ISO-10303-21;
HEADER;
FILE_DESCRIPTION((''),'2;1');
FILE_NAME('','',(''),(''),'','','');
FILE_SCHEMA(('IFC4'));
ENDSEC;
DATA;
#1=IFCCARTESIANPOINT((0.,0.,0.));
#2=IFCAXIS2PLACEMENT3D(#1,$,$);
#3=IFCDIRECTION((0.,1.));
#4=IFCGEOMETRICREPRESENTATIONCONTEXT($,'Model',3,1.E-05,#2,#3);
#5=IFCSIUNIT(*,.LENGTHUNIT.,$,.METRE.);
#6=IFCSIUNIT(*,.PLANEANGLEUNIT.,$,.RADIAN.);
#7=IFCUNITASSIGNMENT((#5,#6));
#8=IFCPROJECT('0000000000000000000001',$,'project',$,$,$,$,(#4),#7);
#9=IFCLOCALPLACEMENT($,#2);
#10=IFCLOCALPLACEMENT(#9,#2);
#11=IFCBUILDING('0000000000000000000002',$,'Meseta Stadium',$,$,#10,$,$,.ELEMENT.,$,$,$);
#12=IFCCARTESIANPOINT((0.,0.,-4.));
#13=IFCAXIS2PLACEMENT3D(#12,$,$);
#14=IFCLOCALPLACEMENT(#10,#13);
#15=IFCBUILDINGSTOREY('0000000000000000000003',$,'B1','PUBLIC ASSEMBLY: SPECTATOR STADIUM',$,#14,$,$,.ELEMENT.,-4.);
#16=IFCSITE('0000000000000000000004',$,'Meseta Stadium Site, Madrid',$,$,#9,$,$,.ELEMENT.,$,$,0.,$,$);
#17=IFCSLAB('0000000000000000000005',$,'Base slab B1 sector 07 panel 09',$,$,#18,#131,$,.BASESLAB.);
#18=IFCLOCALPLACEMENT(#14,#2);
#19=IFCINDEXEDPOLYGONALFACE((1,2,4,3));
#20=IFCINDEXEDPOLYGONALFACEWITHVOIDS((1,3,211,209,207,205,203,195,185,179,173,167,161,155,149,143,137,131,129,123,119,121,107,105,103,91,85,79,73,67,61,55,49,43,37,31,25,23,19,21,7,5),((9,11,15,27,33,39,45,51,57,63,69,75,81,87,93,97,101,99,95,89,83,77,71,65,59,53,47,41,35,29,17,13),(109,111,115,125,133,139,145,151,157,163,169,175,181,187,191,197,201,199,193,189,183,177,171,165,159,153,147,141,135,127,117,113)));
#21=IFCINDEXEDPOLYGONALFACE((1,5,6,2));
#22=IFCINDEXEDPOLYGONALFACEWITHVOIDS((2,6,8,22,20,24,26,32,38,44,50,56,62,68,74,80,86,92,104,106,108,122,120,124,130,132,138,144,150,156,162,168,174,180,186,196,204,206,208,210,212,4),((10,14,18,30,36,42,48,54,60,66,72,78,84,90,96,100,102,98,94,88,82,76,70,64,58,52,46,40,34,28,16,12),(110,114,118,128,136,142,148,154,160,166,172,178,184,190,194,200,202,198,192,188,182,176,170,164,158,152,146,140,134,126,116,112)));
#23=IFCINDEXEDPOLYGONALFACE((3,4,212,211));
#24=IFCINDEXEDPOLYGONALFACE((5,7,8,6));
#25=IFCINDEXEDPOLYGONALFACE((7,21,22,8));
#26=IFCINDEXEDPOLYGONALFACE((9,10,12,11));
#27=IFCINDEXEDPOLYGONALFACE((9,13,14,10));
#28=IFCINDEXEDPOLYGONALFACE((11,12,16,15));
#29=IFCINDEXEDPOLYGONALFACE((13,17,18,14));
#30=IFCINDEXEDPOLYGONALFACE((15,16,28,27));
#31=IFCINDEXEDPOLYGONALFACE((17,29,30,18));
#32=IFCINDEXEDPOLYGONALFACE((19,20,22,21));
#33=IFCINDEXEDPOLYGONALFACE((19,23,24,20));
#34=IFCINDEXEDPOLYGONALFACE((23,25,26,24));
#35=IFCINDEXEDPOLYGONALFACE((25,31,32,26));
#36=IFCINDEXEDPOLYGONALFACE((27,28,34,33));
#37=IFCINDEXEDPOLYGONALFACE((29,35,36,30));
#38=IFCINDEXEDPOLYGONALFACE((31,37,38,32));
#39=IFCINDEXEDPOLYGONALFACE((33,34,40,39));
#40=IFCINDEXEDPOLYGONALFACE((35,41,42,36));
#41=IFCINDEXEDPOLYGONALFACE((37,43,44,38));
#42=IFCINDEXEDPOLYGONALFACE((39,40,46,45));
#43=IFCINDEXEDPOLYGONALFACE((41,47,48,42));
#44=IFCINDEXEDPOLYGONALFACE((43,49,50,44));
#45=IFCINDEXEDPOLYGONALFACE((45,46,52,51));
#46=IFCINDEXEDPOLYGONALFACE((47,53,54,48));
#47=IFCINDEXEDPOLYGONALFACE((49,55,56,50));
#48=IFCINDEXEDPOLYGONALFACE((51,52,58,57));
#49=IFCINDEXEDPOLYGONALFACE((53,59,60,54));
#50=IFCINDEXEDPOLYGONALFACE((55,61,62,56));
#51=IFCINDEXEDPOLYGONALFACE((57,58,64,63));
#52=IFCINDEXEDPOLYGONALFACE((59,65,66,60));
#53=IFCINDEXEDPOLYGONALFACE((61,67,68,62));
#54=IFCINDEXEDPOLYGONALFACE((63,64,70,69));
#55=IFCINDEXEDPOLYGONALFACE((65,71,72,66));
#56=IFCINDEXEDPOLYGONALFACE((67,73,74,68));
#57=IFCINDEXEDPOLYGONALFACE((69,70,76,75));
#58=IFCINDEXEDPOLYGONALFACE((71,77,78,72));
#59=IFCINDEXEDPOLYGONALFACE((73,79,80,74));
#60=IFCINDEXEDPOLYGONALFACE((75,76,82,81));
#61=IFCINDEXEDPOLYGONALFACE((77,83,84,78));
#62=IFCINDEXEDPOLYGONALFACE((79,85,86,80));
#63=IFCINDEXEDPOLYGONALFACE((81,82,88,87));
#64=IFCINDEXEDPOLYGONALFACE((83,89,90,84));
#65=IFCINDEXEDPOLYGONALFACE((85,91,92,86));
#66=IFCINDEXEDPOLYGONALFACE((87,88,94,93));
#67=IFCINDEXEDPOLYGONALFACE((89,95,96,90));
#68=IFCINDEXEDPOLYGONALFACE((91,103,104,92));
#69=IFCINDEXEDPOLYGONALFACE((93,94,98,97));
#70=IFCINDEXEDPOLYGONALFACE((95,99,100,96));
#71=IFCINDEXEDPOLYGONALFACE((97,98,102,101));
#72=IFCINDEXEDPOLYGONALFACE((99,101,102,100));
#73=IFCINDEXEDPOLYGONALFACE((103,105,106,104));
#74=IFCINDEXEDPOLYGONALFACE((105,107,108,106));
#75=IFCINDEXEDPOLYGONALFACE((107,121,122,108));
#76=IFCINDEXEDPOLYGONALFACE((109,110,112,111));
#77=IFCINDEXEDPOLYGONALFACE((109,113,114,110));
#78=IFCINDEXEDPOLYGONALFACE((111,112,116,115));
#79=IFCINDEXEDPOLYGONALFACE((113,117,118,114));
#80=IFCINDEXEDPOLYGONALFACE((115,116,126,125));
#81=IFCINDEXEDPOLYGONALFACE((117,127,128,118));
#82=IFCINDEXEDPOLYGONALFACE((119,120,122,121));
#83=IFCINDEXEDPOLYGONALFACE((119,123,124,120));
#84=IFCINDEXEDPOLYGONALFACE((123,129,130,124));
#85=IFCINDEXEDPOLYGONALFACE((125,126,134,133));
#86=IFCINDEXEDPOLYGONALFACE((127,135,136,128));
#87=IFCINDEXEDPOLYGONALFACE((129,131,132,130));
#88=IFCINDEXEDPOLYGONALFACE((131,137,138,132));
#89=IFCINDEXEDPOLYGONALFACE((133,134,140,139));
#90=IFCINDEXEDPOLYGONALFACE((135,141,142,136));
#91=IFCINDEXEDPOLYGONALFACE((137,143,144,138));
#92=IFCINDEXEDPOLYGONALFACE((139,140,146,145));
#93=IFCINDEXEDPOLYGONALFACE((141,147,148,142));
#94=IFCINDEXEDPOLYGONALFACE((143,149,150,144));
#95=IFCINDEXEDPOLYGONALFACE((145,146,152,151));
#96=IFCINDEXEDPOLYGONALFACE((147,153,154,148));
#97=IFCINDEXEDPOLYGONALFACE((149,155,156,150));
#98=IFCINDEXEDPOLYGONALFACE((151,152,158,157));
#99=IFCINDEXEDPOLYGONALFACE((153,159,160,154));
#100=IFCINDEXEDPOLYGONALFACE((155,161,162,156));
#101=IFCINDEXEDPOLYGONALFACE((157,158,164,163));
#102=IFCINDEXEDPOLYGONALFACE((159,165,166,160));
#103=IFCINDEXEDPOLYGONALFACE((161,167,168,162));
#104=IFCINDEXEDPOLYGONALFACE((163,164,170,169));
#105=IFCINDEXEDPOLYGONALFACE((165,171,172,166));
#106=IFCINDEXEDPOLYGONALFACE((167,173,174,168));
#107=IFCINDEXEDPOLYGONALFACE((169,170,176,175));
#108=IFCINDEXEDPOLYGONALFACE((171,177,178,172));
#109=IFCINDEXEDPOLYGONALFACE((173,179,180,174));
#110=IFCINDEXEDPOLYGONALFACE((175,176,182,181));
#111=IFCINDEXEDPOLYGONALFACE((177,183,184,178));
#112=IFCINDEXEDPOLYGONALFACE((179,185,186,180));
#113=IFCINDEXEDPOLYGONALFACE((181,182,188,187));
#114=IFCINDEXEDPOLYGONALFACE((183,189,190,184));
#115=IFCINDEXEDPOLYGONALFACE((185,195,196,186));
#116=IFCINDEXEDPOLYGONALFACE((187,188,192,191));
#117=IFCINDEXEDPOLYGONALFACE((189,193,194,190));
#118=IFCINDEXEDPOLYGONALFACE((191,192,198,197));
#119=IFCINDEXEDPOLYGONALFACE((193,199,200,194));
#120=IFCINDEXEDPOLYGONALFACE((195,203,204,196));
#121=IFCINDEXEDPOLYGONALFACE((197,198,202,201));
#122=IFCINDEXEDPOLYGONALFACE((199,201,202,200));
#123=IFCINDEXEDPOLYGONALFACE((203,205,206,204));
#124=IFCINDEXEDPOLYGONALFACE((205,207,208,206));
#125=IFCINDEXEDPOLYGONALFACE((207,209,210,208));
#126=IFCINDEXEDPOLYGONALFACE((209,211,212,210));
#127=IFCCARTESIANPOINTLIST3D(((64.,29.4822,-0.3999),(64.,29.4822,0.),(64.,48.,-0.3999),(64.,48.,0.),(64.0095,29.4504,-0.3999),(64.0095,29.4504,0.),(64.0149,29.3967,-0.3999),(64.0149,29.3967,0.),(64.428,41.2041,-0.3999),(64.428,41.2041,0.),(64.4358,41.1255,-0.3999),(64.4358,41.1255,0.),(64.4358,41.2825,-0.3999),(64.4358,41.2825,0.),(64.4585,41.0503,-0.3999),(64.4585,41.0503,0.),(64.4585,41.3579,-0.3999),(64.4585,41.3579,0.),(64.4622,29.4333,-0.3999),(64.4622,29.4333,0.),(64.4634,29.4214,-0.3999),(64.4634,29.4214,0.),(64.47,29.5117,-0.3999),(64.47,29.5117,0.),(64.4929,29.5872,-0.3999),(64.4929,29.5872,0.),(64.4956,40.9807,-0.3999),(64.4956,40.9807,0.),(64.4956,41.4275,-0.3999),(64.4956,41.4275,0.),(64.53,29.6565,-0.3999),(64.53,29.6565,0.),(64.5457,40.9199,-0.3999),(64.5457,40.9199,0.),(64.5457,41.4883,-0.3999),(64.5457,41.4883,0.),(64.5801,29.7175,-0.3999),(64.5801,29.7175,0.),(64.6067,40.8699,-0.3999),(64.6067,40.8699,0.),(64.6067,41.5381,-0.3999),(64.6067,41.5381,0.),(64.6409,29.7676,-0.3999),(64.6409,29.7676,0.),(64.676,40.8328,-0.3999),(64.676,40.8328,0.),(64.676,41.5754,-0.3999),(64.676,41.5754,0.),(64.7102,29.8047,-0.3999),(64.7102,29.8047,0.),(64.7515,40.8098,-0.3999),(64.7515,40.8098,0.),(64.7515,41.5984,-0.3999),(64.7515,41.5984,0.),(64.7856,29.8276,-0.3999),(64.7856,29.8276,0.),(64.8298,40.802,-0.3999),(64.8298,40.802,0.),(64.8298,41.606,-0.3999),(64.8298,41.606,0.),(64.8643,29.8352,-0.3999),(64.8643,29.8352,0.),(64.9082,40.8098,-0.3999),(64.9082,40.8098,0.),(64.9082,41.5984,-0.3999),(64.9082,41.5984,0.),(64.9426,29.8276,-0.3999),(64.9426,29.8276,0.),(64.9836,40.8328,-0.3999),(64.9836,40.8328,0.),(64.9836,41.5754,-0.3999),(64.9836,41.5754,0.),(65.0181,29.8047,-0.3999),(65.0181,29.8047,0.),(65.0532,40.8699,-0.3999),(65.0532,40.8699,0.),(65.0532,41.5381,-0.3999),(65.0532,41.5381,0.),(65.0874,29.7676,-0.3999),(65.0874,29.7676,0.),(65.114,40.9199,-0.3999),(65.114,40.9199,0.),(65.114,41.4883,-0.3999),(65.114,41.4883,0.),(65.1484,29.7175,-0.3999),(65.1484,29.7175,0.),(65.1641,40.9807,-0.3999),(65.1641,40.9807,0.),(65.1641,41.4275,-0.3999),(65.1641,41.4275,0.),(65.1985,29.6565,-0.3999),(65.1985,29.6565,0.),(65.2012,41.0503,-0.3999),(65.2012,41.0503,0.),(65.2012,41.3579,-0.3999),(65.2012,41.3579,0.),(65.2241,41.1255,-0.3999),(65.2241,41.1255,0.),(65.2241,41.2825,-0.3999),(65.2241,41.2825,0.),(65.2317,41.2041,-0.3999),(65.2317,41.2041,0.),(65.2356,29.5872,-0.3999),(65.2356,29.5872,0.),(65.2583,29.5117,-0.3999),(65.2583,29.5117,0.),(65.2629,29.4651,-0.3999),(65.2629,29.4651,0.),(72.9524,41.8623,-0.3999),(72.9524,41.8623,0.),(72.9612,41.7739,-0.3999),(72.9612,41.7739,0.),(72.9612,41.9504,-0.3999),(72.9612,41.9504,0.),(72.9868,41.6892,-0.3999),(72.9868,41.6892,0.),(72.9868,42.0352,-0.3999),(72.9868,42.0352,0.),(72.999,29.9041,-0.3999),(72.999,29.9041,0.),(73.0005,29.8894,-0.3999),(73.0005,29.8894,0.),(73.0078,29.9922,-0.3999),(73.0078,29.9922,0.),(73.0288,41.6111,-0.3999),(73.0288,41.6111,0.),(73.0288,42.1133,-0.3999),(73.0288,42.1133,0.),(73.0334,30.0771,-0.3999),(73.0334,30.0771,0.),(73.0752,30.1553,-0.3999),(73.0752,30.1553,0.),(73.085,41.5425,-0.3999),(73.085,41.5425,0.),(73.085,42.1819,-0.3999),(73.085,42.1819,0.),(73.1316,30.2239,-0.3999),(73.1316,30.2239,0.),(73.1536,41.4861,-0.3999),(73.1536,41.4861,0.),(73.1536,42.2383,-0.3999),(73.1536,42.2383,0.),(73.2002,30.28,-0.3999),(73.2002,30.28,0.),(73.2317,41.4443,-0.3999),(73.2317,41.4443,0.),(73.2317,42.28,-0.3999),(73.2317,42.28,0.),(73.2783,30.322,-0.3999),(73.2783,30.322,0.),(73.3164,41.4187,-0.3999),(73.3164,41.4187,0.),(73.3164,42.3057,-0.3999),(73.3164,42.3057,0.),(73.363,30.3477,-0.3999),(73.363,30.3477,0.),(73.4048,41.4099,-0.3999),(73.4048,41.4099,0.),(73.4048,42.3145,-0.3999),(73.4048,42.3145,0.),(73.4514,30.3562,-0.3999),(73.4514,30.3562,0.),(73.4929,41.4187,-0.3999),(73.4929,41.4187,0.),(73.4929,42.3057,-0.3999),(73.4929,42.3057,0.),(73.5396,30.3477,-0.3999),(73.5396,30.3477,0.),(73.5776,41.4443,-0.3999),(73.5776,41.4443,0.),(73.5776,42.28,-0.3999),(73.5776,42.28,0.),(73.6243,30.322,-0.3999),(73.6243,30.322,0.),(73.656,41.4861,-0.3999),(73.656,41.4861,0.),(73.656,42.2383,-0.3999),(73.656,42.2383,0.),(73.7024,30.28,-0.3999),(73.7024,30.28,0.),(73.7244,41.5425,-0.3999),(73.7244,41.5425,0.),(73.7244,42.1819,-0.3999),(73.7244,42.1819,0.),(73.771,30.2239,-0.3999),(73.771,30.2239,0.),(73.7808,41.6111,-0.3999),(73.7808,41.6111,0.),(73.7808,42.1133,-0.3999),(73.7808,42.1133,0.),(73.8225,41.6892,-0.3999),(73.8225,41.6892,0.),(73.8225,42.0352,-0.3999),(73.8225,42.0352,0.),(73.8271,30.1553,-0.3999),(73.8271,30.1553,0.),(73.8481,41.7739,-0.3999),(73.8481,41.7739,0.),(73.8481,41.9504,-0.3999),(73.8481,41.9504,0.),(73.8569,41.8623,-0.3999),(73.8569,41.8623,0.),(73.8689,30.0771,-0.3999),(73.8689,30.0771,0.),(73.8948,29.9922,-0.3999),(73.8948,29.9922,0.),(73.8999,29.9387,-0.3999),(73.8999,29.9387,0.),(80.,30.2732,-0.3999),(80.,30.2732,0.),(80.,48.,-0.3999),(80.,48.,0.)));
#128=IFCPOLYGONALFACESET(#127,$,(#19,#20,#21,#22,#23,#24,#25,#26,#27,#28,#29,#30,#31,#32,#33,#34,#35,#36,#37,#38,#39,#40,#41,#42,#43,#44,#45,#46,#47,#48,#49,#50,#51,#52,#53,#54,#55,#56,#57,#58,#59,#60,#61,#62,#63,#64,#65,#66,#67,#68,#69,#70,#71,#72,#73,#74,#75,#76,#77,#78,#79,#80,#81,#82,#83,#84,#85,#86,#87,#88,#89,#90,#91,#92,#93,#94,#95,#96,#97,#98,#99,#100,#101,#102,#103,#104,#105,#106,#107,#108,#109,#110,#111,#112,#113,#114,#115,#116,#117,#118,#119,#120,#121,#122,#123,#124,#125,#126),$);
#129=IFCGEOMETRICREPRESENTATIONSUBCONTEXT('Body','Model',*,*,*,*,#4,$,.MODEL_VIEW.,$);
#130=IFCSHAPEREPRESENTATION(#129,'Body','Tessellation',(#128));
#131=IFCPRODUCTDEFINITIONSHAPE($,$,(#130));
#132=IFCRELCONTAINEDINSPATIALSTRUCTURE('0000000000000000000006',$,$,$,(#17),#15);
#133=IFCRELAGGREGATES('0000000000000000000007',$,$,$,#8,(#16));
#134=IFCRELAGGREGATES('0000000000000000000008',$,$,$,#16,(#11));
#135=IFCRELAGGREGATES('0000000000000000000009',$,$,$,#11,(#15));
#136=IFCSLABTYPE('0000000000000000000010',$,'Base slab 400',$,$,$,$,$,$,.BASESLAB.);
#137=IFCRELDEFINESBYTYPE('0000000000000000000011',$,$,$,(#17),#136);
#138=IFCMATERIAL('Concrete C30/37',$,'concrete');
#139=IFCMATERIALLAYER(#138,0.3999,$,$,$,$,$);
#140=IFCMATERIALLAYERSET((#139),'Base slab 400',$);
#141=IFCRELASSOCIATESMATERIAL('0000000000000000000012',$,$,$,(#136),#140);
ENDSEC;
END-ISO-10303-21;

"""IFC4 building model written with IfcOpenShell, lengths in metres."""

from ifc_helpers import new_model, si_unit, direction, frame, origin, place, context, subcontext, project, spatial, polyline, outline, extrude, material, layer, layer_set, type_object, element, save


model = new_model("IFC4")

# Units and contexts
model_context = context("Model", 3, precision=1e-05, world=origin(), true_north=direction((0.0, 1.0)))
body_context = subcontext(model_context, "Body", "Model", "MODEL_VIEW")
ifc_project = project(units=[si_unit("LENGTHUNIT", "METRE"), si_unit("PLANEANGLEUNIT", "RADIAN")], contexts=[model_context])

# Site, building, storey
site_placement = place(None, origin())
site = spatial("IfcSite", under=ifc_project, at=site_placement, Name="Meseta Stadium Site, Madrid", CompositionType="ELEMENT", RefElevation=0.0)
building_placement = place(site_placement, origin())
building = spatial("IfcBuilding", under=site, at=building_placement, Name="Meseta Stadium", CompositionType="ELEMENT")
storey_placement = place(building_placement, frame((0.0, 0.0, -4.0)))
storey = spatial("IfcBuildingStorey", under=building, at=storey_placement, Name="B1", Description="PUBLIC ASSEMBLY: SPECTATOR STADIUM", CompositionType="ELEMENT", Elevation=-4.0)

# Slab
ifc_material_1 = material(Name="Concrete C30/37", Category="concrete")
ifc_layer = layer(ifc_material_1, 0.3999)
ifc_layer_set = layer_set([ifc_layer], Name="Base slab 400")
slab_type = type_object("IfcSlabType", Name="Base slab 400", PredefinedType="BASESLAB", material=ifc_layer_set)
slab_1_placement = place(storey_placement, frame((0.0, 0.0, -0.3999)))
element("IfcSlab", 1, at=slab_1_placement, inside=storey, type_object=slab_type, Name="Base slab B1 sector 07 panel 09", PredefinedType="BASESLAB", context=body_context, shape_type="SweptSolid", body=[
    extrude(outline(polyline([(73.7024, 30.28), (73.771, 30.2239), (73.8271, 30.1553), (73.8689, 30.0771), (73.8948, 29.9922), (73.8999, 29.9387), (80.0, 30.2732), (80.0, 48.0), (64.0, 48.0), (64.0, 29.4822), (64.0095, 29.4504), (64.0149, 29.3967), (64.4634, 29.4214), (64.4622, 29.4333), (64.47, 29.5117), (64.4929, 29.5872), (64.53, 29.6565), (64.5801, 29.7175), (64.6409, 29.7676), (64.7102, 29.8047), (64.7856, 29.8276), (64.8643, 29.8352), (64.9426, 29.8276), (65.0181, 29.8047), (65.0874, 29.7676), (65.1484, 29.7175), (65.1985, 29.6565), (65.2356, 29.5872), (65.2583, 29.5117), (65.2629, 29.4651), (73.0005, 29.8894), (72.999, 29.9041), (73.0078, 29.9922), (73.0334, 30.0771), (73.0752, 30.1553), (73.1316, 30.2239), (73.2002, 30.28), (73.2783, 30.322), (73.363, 30.3477), (73.4514, 30.3562), (73.5396, 30.3477), (73.6243, 30.322), (73.7024, 30.28)]), holes=[polyline([(64.4585, 41.0503), (64.4358, 41.1255), (64.428, 41.2041), (64.4358, 41.2825), (64.4585, 41.3579), (64.4956, 41.4275), (64.5457, 41.4883), (64.6067, 41.5381), (64.676, 41.5754), (64.7515, 41.5984), (64.8298, 41.606), (64.9082, 41.5984), (64.9836, 41.5754), (65.0532, 41.5381), (65.114, 41.4883), (65.1641, 41.4275), (65.2012, 41.3579), (65.2241, 41.2825), (65.2317, 41.2041), (65.2241, 41.1255), (65.2012, 41.0503), (65.1641, 40.9807), (65.114, 40.9199), (65.0532, 40.8699), (64.9836, 40.8328), (64.9082, 40.8098), (64.8298, 40.802), (64.7515, 40.8098), (64.676, 40.8328), (64.6067, 40.8699), (64.5457, 40.9199), (64.4956, 40.9807), (64.4585, 41.0503)]), polyline([(72.9868, 41.6892), (72.9612, 41.7739), (72.9524, 41.8623), (72.9612, 41.9504), (72.9868, 42.0352), (73.0288, 42.1133), (73.085, 42.1819), (73.1536, 42.2383), (73.2317, 42.28), (73.3164, 42.3057), (73.4048, 42.3145), (73.4929, 42.3057), (73.5776, 42.28), (73.656, 42.2383), (73.7244, 42.1819), (73.7808, 42.1133), (73.8225, 42.0352), (73.8481, 41.9504), (73.8569, 41.8623), (73.8481, 41.7739), (73.8225, 41.6892), (73.7808, 41.6111), (73.7244, 41.5425), (73.656, 41.4861), (73.5776, 41.4443), (73.4929, 41.4187), (73.4048, 41.4099), (73.3164, 41.4187), (73.2317, 41.4443), (73.1536, 41.4861), (73.085, 41.5425), (73.0288, 41.6111), (72.9868, 41.6892)])]), origin(), (0.0, 0.0, 1.0), 0.3999),
])

save(model, "model.ifc")
